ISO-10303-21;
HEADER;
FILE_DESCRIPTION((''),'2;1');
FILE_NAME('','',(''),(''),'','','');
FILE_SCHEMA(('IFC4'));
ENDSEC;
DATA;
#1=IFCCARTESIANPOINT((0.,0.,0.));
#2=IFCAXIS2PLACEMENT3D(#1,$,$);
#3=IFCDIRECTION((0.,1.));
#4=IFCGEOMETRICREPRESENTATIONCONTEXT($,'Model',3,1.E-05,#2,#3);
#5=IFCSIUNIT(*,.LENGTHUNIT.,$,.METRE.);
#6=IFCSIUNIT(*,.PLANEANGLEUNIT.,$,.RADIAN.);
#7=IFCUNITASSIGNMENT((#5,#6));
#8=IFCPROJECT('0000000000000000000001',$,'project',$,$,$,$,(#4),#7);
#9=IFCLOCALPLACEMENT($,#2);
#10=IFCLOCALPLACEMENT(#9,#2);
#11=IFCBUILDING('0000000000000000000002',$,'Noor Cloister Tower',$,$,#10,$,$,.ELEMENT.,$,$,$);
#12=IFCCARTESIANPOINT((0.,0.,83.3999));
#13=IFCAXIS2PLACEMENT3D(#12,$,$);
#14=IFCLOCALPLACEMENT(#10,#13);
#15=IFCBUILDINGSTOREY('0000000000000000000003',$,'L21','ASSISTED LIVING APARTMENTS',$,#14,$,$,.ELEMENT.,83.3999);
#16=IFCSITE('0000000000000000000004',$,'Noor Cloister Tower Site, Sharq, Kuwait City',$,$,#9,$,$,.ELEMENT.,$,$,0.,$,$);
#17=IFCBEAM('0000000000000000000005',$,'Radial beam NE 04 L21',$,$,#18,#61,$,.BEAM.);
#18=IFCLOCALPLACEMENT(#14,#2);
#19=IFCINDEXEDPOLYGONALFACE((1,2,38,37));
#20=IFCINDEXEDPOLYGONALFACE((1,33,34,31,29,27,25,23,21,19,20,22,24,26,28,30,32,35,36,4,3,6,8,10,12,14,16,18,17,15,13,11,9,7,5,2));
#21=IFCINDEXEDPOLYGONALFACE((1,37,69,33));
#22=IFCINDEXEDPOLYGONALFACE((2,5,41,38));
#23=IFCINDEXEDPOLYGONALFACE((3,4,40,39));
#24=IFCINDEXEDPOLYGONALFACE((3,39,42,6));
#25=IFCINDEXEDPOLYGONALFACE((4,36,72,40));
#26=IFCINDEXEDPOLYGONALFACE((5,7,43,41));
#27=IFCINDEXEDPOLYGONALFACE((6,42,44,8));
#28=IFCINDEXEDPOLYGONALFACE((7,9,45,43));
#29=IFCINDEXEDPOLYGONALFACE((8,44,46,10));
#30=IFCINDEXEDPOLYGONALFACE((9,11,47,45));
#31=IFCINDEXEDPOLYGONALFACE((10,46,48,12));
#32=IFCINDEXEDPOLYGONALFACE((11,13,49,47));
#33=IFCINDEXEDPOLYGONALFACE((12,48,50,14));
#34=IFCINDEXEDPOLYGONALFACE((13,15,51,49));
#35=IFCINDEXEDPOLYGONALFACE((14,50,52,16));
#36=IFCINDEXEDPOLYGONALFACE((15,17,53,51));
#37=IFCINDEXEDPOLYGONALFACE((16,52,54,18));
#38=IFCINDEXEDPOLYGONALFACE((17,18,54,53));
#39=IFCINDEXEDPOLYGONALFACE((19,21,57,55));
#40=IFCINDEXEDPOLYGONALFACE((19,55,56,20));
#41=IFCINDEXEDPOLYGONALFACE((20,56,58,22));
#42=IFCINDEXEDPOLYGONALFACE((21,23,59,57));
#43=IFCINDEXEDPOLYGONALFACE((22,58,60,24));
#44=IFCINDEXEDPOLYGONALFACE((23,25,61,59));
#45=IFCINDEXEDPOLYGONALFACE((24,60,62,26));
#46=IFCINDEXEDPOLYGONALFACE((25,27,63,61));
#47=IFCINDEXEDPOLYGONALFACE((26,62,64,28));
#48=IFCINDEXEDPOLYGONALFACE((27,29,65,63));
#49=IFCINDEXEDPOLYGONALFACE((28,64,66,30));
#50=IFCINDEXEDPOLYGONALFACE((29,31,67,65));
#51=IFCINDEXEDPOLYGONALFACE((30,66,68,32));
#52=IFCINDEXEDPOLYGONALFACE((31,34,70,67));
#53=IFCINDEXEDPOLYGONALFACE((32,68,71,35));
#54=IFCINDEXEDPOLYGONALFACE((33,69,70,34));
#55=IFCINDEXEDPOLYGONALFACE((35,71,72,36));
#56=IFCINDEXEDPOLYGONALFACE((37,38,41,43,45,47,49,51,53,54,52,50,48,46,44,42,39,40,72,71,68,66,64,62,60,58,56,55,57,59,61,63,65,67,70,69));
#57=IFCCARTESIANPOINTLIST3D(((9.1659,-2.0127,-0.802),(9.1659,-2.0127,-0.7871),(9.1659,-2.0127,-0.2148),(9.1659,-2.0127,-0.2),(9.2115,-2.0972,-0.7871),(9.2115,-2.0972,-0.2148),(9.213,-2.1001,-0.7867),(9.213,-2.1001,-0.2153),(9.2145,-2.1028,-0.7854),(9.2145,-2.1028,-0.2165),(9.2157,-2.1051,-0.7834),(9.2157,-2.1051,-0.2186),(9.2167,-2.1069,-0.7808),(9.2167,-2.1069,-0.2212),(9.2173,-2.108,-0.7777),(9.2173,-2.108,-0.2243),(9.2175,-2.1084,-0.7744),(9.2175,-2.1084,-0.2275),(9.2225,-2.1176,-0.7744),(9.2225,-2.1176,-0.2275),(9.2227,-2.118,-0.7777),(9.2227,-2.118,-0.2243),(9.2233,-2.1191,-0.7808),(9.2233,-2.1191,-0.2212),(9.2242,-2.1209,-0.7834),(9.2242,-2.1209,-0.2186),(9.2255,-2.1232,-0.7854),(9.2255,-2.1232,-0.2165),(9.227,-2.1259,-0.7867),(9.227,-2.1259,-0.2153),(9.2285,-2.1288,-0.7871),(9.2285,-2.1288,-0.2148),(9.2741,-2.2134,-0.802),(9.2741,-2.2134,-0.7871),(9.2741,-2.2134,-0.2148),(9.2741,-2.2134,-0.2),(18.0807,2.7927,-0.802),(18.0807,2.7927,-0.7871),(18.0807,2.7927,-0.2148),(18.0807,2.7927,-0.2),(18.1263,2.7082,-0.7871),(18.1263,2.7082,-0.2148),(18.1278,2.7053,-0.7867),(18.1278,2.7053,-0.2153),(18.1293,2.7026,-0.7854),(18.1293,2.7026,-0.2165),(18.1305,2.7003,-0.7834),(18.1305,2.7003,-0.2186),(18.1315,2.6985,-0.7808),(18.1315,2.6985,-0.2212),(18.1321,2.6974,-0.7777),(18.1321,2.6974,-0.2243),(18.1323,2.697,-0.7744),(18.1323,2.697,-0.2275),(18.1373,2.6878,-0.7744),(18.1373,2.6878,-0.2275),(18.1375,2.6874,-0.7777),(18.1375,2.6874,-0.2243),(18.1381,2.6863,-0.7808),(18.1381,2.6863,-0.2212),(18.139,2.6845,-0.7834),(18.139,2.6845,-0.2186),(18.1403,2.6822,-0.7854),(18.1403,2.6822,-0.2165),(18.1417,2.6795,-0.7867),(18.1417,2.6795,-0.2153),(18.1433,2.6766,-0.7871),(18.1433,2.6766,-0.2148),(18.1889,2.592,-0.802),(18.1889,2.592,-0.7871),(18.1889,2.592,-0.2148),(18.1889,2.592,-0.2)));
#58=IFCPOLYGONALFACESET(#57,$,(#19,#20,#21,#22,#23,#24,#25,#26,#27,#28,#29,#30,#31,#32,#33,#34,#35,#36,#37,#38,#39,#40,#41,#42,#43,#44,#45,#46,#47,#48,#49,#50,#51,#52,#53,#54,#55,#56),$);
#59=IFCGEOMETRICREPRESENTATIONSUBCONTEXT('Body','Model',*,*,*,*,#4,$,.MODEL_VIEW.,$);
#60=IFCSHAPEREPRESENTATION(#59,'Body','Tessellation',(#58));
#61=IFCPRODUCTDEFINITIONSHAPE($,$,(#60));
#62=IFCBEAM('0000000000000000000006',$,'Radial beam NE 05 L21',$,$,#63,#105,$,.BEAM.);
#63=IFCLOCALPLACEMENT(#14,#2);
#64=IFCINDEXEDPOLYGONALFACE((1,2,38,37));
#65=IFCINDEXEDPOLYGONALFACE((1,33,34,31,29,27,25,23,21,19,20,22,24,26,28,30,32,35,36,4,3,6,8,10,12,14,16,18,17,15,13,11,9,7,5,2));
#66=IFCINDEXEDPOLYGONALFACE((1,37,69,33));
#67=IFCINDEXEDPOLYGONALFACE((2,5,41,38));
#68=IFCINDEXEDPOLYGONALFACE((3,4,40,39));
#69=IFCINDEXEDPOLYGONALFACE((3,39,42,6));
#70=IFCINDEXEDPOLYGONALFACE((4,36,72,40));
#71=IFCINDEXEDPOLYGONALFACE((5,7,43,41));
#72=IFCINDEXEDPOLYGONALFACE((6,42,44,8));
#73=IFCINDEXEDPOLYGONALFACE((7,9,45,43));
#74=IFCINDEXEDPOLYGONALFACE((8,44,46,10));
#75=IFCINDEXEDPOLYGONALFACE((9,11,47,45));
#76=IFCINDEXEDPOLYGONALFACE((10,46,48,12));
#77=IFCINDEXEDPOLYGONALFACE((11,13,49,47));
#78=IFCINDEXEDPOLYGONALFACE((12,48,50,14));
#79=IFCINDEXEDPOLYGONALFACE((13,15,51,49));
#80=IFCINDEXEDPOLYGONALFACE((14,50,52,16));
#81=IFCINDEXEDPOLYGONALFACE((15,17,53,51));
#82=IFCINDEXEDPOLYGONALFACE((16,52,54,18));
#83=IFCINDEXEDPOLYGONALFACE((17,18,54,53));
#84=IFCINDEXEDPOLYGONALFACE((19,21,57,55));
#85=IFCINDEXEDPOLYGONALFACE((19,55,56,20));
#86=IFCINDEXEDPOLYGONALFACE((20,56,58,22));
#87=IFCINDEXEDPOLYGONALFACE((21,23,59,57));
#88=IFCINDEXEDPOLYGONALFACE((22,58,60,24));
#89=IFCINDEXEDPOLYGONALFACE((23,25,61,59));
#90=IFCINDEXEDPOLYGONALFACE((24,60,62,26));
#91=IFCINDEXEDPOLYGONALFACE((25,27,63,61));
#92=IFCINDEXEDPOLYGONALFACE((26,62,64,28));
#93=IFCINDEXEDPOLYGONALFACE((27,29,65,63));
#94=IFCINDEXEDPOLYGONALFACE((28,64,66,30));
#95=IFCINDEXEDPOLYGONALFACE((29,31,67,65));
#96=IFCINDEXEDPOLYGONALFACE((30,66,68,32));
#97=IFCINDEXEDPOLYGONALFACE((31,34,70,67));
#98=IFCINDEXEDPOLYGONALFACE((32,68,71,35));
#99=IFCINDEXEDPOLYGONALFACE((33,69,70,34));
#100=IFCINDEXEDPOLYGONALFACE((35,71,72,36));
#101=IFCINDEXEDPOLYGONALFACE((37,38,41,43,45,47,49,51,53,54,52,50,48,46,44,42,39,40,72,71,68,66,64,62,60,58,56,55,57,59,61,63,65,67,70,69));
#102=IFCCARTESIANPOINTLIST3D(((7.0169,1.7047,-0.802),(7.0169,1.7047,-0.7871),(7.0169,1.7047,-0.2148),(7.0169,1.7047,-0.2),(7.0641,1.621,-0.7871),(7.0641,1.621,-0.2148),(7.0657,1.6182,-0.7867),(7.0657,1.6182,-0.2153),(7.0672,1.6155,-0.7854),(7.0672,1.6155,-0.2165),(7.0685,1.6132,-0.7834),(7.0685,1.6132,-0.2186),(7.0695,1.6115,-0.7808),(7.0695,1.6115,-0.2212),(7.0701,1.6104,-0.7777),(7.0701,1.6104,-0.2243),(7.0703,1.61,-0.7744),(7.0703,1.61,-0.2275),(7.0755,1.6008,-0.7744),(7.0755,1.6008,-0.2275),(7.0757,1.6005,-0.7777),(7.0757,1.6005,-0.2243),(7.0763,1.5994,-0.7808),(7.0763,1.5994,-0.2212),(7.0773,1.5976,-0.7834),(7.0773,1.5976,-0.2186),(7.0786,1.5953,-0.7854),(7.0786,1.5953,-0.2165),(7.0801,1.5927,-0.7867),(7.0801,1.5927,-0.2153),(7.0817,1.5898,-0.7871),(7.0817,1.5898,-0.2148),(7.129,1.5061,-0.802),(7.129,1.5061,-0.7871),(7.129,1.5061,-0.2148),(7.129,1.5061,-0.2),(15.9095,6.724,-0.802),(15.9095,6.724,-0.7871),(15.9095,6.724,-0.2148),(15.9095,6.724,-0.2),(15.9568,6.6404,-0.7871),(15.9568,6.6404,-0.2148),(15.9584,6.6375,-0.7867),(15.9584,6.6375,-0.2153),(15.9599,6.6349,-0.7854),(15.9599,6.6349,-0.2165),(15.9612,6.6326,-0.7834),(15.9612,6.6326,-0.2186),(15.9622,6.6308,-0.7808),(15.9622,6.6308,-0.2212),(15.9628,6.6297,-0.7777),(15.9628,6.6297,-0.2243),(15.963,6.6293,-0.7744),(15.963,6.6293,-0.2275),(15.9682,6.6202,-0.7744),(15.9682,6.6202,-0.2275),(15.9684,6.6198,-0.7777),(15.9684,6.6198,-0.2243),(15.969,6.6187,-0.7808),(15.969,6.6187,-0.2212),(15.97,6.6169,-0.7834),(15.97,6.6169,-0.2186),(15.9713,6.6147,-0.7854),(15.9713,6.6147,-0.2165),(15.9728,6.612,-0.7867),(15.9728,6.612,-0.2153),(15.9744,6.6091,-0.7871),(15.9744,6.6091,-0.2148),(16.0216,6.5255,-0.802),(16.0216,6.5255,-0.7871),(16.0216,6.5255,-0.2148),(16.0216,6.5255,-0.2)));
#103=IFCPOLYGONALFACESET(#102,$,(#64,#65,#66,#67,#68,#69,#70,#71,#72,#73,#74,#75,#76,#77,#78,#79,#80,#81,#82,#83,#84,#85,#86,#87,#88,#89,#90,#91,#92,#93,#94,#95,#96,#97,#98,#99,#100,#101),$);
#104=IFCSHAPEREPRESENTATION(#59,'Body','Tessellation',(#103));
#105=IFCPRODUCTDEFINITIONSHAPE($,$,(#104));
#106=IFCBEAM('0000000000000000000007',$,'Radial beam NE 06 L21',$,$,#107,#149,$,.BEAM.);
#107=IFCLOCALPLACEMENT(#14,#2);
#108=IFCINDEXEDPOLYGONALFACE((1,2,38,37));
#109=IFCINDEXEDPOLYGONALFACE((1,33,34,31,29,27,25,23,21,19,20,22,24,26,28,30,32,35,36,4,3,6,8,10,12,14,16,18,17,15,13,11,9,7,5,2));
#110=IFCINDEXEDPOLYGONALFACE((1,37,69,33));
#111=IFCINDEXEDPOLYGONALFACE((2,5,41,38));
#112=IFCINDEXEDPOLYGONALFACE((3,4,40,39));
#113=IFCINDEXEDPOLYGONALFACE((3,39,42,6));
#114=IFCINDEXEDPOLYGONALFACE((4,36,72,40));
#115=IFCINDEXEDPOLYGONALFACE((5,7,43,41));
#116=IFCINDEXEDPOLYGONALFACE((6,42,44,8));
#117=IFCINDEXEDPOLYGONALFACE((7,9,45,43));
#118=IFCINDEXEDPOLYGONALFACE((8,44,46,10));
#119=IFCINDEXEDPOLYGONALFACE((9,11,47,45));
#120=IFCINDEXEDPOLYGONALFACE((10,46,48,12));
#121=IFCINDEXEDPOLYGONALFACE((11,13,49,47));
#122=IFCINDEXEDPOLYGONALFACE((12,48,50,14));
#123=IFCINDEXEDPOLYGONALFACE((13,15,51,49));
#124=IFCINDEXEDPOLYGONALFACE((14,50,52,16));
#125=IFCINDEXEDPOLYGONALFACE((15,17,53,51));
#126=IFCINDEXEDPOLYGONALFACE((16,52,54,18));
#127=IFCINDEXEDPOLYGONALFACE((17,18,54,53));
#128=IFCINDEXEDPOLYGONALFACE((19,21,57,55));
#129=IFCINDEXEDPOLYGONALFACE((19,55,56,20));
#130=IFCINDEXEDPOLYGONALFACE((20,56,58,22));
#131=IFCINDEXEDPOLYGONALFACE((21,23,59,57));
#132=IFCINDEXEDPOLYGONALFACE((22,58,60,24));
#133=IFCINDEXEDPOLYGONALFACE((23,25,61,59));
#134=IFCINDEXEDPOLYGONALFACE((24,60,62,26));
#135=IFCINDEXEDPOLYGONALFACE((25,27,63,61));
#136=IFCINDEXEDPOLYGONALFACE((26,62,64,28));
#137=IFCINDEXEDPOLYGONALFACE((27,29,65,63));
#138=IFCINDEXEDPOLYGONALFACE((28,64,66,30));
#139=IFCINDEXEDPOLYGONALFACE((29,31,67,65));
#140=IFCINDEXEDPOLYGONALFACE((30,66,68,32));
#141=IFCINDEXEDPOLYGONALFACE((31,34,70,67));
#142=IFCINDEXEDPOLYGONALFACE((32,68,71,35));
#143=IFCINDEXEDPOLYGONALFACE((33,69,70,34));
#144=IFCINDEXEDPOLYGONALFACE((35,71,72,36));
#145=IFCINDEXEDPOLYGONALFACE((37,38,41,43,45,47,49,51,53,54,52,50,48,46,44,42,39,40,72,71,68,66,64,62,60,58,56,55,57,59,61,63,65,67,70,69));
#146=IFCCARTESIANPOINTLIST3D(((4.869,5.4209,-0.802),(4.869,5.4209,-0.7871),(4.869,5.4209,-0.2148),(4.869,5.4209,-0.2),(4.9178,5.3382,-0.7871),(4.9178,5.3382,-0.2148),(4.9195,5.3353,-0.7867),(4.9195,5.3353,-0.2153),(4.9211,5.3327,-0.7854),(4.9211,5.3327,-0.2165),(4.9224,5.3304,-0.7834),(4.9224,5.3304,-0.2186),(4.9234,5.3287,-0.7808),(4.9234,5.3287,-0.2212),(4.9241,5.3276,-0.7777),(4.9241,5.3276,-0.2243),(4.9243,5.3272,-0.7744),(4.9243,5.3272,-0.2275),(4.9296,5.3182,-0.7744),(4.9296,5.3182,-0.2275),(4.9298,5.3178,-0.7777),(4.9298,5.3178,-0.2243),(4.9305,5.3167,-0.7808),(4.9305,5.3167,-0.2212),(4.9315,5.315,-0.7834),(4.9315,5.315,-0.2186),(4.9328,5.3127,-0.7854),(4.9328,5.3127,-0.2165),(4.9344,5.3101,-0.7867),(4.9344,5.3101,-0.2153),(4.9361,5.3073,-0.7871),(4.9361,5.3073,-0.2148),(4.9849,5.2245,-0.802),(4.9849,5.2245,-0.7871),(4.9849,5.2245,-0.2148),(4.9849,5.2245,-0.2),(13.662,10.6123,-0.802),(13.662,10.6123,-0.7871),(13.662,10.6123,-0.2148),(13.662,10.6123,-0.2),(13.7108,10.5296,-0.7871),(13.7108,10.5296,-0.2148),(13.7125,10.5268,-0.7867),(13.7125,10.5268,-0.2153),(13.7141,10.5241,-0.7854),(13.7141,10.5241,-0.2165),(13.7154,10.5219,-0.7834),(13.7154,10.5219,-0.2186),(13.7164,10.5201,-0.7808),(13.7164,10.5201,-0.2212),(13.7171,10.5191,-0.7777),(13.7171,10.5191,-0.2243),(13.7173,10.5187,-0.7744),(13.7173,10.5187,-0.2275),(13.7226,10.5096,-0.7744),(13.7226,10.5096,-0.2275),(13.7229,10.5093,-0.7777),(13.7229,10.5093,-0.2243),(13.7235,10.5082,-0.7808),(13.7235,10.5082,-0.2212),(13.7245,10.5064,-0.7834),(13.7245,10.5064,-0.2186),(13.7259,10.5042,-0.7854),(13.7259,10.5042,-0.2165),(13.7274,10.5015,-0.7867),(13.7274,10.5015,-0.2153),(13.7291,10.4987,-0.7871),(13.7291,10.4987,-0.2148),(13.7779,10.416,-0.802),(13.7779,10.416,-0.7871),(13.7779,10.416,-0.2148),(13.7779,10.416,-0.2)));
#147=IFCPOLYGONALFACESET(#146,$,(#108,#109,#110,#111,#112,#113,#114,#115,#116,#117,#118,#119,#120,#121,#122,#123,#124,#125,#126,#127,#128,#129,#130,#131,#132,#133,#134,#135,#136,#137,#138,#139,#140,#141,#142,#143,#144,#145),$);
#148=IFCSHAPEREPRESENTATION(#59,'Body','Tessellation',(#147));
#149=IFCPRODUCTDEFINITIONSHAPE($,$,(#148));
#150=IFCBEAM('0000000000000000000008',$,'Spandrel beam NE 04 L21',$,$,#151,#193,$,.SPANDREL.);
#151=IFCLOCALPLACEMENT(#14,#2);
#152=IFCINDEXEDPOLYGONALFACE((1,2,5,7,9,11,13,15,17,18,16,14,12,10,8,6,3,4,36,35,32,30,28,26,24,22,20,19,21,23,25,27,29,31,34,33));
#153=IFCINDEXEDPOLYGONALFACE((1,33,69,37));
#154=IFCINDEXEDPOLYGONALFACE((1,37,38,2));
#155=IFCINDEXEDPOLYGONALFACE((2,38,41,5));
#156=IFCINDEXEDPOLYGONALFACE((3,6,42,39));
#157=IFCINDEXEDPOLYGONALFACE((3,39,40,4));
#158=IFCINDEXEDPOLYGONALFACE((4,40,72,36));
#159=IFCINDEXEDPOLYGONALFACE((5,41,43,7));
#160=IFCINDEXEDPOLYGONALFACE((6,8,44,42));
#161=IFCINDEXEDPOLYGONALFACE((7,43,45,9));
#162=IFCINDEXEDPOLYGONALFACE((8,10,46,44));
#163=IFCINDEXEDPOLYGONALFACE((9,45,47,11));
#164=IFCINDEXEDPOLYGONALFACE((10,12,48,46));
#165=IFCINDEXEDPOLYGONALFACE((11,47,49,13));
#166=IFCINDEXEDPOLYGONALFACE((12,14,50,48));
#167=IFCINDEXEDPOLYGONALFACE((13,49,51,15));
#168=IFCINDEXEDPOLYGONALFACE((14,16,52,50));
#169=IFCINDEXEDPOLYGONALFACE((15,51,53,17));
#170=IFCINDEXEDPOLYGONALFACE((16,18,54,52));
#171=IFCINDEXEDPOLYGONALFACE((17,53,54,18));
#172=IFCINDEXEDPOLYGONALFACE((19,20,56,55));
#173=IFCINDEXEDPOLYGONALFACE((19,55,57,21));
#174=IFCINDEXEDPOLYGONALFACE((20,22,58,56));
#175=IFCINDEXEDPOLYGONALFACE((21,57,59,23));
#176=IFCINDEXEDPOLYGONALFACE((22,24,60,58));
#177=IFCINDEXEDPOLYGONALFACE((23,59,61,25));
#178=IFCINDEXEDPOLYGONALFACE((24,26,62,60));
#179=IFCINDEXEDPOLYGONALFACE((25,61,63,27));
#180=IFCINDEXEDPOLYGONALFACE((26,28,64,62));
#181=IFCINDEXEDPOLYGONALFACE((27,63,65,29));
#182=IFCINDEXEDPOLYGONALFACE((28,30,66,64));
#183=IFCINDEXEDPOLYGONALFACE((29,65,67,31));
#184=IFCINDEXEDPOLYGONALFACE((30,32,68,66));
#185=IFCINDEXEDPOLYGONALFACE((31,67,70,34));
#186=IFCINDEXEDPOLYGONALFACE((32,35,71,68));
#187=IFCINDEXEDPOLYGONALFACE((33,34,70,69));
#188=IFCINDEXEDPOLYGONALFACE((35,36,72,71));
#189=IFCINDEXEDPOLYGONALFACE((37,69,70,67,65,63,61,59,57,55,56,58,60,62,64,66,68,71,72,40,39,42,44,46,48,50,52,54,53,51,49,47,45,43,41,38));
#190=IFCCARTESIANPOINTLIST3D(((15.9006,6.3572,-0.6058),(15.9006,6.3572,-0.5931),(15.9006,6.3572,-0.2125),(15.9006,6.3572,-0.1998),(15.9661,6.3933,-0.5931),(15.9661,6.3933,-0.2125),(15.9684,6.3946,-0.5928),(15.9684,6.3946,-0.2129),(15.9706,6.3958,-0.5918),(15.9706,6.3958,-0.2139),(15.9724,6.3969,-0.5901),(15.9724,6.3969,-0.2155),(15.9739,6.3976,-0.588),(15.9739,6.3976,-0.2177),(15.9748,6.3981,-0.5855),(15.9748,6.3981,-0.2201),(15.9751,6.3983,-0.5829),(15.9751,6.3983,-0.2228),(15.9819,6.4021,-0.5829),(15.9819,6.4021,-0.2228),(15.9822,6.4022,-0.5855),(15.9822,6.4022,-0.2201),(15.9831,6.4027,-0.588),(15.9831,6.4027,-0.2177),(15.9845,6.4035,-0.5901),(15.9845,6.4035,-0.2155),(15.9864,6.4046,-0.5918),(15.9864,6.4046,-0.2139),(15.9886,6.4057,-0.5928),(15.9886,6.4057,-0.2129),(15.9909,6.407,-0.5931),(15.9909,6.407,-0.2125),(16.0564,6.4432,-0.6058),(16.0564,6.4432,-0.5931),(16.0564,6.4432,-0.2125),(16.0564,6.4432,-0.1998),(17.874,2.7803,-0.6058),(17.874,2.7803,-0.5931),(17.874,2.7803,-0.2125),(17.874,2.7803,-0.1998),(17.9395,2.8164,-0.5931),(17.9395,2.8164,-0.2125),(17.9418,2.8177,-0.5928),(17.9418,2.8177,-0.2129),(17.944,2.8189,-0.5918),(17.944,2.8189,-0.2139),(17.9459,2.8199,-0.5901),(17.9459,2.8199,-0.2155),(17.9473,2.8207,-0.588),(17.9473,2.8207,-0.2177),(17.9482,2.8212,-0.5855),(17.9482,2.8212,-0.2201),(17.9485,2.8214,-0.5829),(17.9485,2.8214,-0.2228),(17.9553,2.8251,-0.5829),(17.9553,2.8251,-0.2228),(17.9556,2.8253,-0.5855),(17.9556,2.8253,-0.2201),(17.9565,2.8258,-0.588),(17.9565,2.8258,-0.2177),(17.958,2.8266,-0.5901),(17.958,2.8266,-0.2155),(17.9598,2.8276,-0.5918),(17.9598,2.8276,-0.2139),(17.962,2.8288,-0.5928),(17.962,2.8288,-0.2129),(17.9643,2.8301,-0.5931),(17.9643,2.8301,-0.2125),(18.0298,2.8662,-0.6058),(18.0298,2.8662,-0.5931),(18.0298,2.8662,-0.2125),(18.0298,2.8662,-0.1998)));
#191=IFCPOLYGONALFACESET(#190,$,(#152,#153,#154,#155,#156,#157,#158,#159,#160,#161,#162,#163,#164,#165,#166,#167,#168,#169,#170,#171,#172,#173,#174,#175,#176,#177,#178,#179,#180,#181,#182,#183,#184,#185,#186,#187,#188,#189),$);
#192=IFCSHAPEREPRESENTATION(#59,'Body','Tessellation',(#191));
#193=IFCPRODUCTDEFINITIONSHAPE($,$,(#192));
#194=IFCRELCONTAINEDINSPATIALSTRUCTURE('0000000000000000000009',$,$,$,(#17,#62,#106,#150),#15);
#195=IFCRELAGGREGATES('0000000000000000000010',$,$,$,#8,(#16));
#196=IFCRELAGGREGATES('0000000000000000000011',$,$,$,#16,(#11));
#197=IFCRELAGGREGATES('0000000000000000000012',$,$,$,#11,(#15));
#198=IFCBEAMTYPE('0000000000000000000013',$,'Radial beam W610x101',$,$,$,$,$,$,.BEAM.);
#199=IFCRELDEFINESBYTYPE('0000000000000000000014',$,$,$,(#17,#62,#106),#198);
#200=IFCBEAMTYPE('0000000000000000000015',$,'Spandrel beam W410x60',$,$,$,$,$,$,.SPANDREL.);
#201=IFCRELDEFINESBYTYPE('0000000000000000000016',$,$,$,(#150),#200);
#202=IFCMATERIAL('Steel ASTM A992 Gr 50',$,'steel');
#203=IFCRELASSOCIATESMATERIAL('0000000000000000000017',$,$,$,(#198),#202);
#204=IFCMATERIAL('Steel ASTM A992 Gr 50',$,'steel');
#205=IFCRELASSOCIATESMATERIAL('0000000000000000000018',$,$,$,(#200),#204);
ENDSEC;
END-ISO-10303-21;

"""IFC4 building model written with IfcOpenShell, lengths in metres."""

from ifc_helpers import new_model, si_unit, direction, frame, origin, origin_2d, place, context, subcontext, project, spatial, i_section, extrude, material, material_profile, profile_set, type_object, element, save


model = new_model("IFC4")

# Units and contexts
model_context = context("Model", 3, precision=1e-05, world=origin(), true_north=direction((0.0, 1.0)))
body_context = subcontext(model_context, "Body", "Model", "MODEL_VIEW")
ifc_project = project(units=[si_unit("LENGTHUNIT", "METRE"), si_unit("PLANEANGLEUNIT", "RADIAN")], contexts=[model_context])

# Site, building, storey
site_placement = place(None, origin())
site = spatial("IfcSite", under=ifc_project, at=site_placement, Name="Noor Cloister Tower Site, Sharq, Kuwait City", CompositionType="ELEMENT", RefElevation=0.0)
building_placement = place(site_placement, origin())
building = spatial("IfcBuilding", under=site, at=building_placement, Name="Noor Cloister Tower", CompositionType="ELEMENT")
storey_placement = place(building_placement, frame((0.0, 0.0, 83.3999)))
storey = spatial("IfcBuildingStorey", under=building, at=storey_placement, Name="L21", Description="ASSISTED LIVING APARTMENTS", CompositionType="ELEMENT", Elevation=83.3999)

# Beams
ifc_material_1 = material(Name="Steel ASTM A992 Gr 50", Category="steel")
ifc_material_profile_1 = material_profile(ifc_material_1, i_section(OverallWidth=0.228, OverallDepth=0.6021, WebThickness=0.0105, FlangeThickness=0.0149, FilletRadius=0.0127, at=origin_2d()), Name="W610x101")
ifc_profile_set_1 = profile_set([ifc_material_profile_1], Name="Steel ASTM A992 Gr 50")
beam_type_1 = type_object("IfcBeamType", Name="Radial beam W610x101", PredefinedType="BEAM", material=ifc_profile_set_1)
beam_1_placement = place(storey_placement, frame((18.1348, 2.6924, -0.501), z_axis=(-0.880259, -0.474494, 0.0), x_axis=(0.474494, -0.880259, 0.0)))
element("IfcBeam", 1, at=beam_1_placement, inside=storey, type_object=beam_type_1, Name="Radial beam NE 04 L21", PredefinedType="BEAM", context=body_context, shape_type="SweptSolid", body=[
    extrude(i_section(OverallWidth=0.228, OverallDepth=0.6021, WebThickness=0.0105, FlangeThickness=0.0149, FilletRadius=0.0127, at=origin_2d()), origin(), (0.0, 0.0, 1.0), 10.1274),
])
beam_2_placement = place(storey_placement, frame((15.9656, 6.6248, -0.501), z_axis=(-0.870854, -0.491541, 0.0), x_axis=(0.491541, -0.870854, 0.0)))
element("IfcBeam", 2, at=beam_2_placement, inside=storey, type_object=beam_type_1, Name="Radial beam NE 05 L21", PredefinedType="BEAM", context=body_context, shape_type="SweptSolid", body=[
    extrude(i_section(OverallWidth=0.228, OverallDepth=0.6021, WebThickness=0.0105, FlangeThickness=0.0149, FilletRadius=0.0127, at=origin_2d()), origin(), (0.0, 0.0, 1.0), 10.2114),
])
beam_3_placement = place(storey_placement, frame((13.72, 10.5142, -0.501), z_axis=(-0.861117, -0.508407, 0.0), x_axis=(0.508407, -0.861117, 0.0)))
element("IfcBeam", 3, at=beam_3_placement, inside=storey, type_object=beam_type_1, Name="Radial beam NE 06 L21", PredefinedType="BEAM", context=body_context, shape_type="SweptSolid", body=[
    extrude(i_section(OverallWidth=0.228, OverallDepth=0.6021, WebThickness=0.0105, FlangeThickness=0.0149, FilletRadius=0.0127, at=origin_2d()), origin(), (0.0, 0.0, 1.0), 10.2112),
])
ifc_material_2 = material(Name="Steel ASTM A992 Gr 50", Category="steel")
ifc_material_profile_2 = material_profile(ifc_material_2, i_section(OverallWidth=0.178, OverallDepth=0.406, WebThickness=0.0078, FlangeThickness=0.0127, FilletRadius=0.0103, at=origin_2d()), Name="W410x60")
ifc_profile_set_2 = profile_set([ifc_material_profile_2], Name="Steel ASTM A992 Gr 50")
beam_type_2 = type_object("IfcBeamType", Name="Spandrel beam W410x60", PredefinedType="SPANDREL", material=ifc_profile_set_2)
for number, where, z_axis, x_axis, name in (
    (4, (17.9519, 2.8232, -0.4028), (-0.483063, 0.875586, 0.0), (-0.875586, -0.483063, 0.0), "Spandrel beam NE 04 L21"),
):
    element("IfcBeam", number, at=place(storey_placement, frame(where, z_axis=z_axis, x_axis=x_axis)), inside=storey, type_object=beam_type_2, Name=name, PredefinedType="SPANDREL", context=body_context, shape_type="SweptSolid", body=[
        extrude(i_section(OverallWidth=0.178, OverallDepth=0.406, WebThickness=0.0078, FlangeThickness=0.0127, FilletRadius=0.0103, at=origin_2d()), origin(), (0.0, 0.0, 1.0), 4.0852),
    ])

save(model, "model.ifc")
